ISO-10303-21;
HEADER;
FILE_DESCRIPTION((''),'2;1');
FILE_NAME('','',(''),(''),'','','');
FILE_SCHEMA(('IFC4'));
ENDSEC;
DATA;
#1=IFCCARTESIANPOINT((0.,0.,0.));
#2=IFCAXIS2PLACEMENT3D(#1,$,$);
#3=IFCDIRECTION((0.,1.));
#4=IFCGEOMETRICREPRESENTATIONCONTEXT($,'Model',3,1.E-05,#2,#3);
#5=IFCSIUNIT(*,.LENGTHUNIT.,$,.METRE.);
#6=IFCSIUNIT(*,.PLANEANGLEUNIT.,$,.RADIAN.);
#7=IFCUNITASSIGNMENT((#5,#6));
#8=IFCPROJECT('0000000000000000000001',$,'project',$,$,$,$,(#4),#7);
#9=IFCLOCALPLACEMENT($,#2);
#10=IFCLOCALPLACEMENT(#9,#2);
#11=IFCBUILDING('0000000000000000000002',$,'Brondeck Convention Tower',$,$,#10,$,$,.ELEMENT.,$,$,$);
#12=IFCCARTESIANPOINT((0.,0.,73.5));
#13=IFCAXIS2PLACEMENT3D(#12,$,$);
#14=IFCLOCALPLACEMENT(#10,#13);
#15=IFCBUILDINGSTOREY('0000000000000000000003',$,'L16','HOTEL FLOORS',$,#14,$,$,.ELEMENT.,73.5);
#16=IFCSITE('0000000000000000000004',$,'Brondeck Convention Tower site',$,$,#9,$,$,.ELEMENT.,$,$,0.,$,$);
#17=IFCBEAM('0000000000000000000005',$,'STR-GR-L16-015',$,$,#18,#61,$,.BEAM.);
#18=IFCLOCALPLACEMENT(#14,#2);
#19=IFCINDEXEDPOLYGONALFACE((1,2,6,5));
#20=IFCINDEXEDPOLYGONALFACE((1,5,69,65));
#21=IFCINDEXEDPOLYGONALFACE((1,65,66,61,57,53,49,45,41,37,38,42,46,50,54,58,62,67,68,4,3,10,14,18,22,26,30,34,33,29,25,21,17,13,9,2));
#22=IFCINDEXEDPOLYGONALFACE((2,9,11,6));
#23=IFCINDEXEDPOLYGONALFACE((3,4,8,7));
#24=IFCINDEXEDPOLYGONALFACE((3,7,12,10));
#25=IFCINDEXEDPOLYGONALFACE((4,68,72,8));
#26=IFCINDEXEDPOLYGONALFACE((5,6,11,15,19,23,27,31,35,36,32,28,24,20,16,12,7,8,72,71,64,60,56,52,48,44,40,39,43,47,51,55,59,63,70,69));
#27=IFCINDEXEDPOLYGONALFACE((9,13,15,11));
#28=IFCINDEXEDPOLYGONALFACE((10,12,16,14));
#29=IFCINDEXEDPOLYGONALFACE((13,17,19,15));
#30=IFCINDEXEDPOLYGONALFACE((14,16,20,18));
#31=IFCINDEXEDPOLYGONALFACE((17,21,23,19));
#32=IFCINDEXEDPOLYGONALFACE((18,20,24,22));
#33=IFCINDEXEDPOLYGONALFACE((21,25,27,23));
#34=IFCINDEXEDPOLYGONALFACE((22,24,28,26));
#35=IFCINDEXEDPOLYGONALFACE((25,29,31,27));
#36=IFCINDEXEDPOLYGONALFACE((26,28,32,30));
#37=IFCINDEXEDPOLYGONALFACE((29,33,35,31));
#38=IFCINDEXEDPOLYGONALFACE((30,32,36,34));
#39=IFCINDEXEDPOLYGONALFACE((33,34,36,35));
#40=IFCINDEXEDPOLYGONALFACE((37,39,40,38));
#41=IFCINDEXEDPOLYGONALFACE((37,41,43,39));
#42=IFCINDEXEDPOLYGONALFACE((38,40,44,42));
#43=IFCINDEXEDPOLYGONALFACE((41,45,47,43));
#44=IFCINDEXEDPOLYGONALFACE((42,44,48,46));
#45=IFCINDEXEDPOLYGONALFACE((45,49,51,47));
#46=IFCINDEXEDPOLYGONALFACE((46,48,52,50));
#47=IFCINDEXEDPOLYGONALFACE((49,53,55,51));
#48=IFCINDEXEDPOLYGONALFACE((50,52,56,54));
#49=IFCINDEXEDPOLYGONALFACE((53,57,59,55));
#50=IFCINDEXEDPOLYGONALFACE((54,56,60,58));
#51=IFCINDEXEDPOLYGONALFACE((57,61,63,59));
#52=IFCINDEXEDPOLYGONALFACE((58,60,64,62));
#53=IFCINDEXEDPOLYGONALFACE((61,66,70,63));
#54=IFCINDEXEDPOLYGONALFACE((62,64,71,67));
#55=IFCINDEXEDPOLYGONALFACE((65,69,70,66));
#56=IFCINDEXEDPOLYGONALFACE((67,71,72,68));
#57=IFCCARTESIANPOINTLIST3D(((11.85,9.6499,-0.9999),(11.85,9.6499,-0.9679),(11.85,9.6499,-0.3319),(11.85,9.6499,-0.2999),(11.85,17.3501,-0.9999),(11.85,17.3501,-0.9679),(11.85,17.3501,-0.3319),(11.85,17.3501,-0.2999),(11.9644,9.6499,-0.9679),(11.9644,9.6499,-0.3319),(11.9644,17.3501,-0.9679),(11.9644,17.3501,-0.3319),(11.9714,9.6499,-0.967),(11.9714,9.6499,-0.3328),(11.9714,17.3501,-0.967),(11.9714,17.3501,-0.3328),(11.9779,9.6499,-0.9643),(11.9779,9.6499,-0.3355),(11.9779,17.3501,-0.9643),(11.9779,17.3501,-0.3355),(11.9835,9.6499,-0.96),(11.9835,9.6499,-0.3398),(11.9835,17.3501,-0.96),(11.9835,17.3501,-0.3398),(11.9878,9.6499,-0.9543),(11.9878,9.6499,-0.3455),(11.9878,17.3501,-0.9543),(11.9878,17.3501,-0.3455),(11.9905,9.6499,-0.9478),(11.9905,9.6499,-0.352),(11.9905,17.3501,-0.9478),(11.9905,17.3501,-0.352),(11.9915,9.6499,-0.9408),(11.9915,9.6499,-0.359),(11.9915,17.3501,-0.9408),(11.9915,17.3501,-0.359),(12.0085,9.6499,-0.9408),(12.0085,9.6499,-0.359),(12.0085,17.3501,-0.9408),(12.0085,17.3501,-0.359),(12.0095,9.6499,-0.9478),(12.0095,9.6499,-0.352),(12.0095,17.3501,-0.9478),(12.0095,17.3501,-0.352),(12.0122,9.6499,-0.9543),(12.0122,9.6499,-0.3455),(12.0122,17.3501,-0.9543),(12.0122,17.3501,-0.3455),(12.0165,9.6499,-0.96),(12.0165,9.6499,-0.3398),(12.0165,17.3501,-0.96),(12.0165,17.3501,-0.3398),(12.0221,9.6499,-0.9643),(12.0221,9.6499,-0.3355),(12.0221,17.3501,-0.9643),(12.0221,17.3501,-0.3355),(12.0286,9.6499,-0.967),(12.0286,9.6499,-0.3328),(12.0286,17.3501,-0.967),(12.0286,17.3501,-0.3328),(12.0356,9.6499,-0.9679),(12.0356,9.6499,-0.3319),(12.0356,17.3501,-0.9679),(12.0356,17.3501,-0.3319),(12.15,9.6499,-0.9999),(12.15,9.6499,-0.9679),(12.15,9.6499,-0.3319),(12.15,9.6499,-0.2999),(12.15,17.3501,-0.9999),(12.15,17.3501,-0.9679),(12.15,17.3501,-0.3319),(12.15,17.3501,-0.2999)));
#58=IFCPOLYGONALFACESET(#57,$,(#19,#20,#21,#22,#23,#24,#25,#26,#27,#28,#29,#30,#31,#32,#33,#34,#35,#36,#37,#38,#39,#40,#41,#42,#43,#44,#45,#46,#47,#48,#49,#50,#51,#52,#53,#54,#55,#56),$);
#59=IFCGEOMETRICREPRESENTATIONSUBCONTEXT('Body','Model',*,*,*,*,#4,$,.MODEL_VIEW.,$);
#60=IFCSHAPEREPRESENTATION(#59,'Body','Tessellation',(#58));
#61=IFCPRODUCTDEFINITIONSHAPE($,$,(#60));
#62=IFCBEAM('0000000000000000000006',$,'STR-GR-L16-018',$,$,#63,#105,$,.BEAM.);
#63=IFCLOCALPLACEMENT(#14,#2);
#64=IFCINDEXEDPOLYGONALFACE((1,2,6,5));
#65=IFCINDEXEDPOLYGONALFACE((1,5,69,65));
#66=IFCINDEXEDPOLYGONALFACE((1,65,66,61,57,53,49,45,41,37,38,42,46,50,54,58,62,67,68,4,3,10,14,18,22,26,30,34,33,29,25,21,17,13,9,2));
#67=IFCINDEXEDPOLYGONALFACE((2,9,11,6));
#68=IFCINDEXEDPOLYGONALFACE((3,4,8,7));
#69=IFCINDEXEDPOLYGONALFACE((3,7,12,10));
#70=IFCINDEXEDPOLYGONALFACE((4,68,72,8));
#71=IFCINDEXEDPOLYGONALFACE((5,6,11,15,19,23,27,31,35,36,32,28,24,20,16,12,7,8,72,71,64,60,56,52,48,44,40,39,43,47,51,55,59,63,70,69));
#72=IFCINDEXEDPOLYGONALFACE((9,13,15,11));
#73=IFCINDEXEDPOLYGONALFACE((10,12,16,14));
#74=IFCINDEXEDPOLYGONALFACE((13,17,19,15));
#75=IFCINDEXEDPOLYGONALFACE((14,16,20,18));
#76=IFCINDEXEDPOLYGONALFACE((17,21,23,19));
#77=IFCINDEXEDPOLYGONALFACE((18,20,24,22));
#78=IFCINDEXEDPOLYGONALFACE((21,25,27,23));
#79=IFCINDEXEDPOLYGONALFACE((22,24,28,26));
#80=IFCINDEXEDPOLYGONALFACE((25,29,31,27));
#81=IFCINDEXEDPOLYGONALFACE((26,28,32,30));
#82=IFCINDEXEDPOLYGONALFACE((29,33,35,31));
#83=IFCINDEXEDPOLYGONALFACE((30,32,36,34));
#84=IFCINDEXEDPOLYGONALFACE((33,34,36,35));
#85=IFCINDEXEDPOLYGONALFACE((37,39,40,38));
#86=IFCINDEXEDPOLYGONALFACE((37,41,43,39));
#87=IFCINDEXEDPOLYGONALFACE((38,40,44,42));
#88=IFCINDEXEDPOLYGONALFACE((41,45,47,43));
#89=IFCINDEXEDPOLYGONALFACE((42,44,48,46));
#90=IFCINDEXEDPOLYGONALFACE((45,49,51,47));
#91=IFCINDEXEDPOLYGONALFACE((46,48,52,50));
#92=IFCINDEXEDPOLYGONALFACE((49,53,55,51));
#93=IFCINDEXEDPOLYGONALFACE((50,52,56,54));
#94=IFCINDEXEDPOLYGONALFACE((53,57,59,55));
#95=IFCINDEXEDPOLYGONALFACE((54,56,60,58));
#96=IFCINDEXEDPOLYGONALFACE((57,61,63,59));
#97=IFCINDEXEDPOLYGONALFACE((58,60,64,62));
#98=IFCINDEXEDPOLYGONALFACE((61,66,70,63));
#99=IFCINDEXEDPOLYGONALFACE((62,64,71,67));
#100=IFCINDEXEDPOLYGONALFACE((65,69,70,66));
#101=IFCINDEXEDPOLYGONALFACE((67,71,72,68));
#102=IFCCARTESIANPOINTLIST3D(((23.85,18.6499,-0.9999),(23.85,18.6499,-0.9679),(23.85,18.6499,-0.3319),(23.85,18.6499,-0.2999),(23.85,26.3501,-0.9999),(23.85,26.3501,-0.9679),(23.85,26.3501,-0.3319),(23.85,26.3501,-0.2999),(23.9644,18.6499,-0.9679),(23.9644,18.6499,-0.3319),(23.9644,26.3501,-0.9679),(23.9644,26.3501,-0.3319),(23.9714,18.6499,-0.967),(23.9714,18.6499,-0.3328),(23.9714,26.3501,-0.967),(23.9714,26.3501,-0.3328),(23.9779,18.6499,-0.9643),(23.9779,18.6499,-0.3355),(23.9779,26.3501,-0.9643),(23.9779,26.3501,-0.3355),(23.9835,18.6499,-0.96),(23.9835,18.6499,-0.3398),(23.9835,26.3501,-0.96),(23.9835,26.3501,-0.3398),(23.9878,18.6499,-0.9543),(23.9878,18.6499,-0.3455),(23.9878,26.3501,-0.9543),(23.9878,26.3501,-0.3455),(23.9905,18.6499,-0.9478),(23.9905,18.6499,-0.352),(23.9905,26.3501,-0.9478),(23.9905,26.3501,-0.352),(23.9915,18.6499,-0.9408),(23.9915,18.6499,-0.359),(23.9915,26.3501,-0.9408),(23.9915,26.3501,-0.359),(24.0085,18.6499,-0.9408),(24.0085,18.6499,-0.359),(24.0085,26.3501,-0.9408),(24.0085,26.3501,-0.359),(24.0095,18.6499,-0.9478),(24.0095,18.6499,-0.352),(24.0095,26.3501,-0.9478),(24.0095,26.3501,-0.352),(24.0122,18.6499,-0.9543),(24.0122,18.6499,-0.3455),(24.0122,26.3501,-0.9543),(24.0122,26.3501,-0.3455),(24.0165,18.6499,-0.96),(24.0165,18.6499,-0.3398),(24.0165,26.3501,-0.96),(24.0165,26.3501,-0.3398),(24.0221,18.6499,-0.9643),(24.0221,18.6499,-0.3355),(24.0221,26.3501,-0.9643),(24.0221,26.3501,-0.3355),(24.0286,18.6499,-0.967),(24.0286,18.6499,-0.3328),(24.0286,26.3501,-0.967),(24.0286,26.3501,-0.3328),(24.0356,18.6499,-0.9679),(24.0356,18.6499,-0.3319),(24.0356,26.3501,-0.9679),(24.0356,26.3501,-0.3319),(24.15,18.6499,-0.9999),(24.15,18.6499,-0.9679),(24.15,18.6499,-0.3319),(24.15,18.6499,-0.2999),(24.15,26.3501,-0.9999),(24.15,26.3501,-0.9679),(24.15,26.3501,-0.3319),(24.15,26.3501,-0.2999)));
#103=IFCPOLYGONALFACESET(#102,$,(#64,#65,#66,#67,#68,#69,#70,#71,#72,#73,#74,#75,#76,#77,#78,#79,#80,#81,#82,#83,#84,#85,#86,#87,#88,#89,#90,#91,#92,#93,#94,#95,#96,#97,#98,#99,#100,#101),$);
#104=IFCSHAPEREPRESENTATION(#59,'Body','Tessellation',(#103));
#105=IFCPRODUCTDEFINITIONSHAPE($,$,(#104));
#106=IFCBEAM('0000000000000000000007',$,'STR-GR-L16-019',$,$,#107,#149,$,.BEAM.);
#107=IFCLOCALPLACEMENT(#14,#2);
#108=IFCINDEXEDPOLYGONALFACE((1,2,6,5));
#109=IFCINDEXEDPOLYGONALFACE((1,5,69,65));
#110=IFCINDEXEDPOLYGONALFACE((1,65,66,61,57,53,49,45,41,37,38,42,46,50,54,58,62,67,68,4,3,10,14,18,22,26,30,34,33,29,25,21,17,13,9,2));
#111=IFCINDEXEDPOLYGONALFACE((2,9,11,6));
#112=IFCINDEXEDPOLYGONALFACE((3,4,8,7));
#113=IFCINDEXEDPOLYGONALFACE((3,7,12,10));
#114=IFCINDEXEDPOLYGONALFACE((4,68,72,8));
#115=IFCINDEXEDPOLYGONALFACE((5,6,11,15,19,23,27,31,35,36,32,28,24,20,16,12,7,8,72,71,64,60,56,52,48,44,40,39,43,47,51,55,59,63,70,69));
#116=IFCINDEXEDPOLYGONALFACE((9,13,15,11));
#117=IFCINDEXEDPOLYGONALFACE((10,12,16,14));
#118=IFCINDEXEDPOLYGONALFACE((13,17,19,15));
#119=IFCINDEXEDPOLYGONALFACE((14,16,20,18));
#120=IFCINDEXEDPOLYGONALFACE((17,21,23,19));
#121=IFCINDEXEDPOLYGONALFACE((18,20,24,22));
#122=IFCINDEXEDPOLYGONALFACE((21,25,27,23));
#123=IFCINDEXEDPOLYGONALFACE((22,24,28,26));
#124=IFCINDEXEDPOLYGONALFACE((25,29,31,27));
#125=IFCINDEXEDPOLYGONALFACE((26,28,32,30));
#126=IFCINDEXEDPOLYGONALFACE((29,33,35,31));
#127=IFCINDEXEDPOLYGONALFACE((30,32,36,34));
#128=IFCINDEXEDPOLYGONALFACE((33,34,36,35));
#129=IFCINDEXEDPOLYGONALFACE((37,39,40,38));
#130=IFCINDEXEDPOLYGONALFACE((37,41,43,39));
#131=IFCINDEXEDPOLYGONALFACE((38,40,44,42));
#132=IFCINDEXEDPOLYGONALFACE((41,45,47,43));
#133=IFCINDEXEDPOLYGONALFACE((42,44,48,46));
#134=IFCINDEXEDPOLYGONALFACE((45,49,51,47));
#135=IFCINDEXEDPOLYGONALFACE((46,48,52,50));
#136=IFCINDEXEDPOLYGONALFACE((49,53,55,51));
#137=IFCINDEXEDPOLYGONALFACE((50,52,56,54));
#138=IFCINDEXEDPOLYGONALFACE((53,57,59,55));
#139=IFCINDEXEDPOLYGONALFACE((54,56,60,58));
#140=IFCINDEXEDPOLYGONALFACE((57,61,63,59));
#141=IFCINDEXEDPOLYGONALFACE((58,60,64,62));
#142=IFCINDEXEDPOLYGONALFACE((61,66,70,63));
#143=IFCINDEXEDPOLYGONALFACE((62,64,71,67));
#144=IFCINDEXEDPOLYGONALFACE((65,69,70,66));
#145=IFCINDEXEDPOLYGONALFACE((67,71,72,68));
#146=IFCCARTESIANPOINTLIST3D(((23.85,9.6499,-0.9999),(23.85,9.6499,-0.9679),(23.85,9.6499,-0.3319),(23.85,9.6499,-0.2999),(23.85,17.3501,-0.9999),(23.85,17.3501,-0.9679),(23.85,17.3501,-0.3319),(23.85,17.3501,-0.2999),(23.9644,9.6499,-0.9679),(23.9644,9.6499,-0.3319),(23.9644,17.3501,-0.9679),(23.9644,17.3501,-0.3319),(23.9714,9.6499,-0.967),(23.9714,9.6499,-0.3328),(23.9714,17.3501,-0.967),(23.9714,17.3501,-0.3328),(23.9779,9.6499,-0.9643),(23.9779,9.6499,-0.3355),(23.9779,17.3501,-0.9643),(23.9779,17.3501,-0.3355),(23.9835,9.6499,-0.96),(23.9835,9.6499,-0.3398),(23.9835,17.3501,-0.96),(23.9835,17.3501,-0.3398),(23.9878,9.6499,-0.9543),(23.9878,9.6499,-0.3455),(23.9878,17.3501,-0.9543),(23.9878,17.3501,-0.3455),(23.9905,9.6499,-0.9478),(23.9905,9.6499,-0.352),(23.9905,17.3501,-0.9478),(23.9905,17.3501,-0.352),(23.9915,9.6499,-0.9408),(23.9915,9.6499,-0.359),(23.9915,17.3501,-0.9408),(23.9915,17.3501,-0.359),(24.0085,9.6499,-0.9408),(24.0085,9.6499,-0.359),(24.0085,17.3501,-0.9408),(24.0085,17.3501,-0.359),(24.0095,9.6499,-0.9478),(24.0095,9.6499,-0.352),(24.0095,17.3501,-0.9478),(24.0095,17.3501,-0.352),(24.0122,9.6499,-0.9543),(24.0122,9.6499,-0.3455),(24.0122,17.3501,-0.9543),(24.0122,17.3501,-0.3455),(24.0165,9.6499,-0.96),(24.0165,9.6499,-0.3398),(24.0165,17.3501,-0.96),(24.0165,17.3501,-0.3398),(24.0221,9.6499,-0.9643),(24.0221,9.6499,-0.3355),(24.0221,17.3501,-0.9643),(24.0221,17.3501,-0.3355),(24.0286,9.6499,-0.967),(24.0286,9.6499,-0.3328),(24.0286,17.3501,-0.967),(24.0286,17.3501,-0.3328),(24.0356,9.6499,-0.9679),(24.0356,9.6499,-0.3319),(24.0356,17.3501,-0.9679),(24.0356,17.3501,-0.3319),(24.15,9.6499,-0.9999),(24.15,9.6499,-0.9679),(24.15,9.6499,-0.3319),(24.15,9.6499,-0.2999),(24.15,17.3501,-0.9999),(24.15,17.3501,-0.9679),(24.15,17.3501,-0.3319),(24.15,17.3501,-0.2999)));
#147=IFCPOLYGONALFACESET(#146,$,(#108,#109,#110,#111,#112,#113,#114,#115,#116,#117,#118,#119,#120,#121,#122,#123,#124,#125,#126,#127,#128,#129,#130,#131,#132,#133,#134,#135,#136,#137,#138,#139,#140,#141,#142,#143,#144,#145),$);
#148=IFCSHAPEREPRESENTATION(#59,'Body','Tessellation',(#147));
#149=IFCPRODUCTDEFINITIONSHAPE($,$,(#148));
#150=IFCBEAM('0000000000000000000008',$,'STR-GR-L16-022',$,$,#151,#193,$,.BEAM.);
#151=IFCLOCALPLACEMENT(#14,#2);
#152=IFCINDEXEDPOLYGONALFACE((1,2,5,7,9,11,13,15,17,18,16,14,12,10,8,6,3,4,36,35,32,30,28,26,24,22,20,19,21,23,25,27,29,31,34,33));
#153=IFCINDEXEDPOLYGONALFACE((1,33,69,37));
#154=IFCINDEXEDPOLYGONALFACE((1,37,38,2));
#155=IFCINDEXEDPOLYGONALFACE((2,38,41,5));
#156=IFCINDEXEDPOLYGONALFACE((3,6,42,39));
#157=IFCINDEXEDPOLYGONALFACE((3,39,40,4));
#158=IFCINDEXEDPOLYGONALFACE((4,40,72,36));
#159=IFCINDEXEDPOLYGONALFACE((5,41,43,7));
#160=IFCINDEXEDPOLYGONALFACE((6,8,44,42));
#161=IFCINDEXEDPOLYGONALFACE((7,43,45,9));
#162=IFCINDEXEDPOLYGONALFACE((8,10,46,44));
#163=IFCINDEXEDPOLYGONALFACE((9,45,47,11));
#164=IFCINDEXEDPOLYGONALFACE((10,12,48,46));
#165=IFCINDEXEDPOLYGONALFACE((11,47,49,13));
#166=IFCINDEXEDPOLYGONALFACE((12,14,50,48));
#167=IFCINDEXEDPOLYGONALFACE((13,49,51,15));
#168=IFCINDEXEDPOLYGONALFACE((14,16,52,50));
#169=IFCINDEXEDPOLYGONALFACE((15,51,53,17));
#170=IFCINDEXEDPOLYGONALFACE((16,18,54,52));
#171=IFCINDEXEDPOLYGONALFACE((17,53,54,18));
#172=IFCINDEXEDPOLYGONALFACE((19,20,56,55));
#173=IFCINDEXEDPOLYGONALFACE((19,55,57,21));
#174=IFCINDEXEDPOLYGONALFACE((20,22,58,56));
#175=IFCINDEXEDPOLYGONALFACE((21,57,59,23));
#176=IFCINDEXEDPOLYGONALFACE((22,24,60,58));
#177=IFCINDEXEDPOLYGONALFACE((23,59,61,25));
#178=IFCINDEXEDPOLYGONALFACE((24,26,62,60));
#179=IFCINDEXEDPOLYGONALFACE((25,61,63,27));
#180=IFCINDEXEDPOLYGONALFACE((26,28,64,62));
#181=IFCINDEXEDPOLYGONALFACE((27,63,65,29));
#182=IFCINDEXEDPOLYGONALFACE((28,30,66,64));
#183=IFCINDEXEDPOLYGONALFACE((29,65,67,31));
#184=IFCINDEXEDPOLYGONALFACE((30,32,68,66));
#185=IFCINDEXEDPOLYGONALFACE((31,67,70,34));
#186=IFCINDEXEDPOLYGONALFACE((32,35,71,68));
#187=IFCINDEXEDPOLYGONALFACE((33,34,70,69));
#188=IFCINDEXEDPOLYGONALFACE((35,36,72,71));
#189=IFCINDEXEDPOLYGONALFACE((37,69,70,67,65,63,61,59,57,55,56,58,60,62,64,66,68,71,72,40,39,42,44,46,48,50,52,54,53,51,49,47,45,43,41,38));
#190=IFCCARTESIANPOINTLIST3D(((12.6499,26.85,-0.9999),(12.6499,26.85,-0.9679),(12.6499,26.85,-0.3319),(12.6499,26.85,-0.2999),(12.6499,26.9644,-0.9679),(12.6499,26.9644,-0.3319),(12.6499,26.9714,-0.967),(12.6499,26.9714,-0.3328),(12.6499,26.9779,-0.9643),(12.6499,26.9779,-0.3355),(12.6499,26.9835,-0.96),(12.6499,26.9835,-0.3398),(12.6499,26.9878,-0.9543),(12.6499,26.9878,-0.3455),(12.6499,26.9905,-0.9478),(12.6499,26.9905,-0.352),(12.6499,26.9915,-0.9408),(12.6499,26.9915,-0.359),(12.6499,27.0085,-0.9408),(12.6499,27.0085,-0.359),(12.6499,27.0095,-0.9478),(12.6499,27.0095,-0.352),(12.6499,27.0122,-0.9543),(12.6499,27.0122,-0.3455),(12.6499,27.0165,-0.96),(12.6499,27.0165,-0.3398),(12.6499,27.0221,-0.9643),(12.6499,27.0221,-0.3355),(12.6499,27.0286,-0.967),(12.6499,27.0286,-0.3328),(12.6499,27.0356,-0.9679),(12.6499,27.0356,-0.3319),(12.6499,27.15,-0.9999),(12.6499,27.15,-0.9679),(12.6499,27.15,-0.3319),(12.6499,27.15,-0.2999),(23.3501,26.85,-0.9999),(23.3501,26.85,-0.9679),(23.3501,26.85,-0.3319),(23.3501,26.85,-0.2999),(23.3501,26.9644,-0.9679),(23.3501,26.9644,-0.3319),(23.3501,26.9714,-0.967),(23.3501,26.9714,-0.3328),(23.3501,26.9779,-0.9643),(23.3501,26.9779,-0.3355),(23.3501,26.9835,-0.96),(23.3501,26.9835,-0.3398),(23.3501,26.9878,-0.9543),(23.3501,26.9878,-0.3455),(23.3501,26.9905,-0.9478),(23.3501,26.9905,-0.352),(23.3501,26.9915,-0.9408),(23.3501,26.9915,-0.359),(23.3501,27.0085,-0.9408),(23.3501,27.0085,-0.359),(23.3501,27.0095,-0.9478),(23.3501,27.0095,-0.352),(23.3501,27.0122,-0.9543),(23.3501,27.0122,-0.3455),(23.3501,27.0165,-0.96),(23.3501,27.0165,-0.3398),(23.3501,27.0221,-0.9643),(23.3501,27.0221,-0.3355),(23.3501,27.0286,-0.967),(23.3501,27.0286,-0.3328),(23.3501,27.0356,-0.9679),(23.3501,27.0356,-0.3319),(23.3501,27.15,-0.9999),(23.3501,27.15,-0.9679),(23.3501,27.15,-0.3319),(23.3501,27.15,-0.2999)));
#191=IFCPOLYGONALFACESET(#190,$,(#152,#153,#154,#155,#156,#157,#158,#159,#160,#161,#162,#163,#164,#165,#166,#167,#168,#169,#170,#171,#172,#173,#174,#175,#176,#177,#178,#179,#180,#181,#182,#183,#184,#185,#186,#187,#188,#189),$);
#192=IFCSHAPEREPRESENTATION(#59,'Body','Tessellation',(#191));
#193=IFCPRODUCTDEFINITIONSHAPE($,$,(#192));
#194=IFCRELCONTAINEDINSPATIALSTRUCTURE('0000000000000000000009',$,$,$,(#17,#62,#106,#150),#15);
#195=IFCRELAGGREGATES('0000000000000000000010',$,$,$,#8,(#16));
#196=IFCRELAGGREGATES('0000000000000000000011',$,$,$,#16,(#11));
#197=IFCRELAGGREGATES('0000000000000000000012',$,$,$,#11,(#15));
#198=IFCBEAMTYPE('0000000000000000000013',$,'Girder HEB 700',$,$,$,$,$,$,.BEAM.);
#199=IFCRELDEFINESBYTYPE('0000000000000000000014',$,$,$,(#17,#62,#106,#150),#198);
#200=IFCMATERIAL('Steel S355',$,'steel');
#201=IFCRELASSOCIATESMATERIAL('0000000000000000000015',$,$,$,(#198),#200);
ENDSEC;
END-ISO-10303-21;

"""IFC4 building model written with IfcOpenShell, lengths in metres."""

from ifc_helpers import new_model, si_unit, direction, frame, origin, origin_2d, place, context, subcontext, project, spatial, i_section, extrude, material, material_profile, profile_set, type_object, element, save


model = new_model("IFC4")

# Units and contexts
model_context = context("Model", 3, precision=1e-05, world=origin(), true_north=direction((0.0, 1.0)))
body_context = subcontext(model_context, "Body", "Model", "MODEL_VIEW")
ifc_project = project(units=[si_unit("LENGTHUNIT", "METRE"), si_unit("PLANEANGLEUNIT", "RADIAN")], contexts=[model_context])

# Site, building, storey
site_placement = place(None, origin())
site = spatial("IfcSite", under=ifc_project, at=site_placement, Name="Brondeck Convention Tower site", CompositionType="ELEMENT", RefElevation=0.0)
building_placement = place(site_placement, origin())
building = spatial("IfcBuilding", under=site, at=building_placement, Name="Brondeck Convention Tower", CompositionType="ELEMENT")
storey_placement = place(building_placement, frame((0.0, 0.0, 73.5)))
storey = spatial("IfcBuildingStorey", under=building, at=storey_placement, Name="L16", Description="HOTEL FLOORS", CompositionType="ELEMENT", Elevation=73.5)

# Beams
ifc_material_1 = material(Name="Steel S355", Category="steel")
ifc_material_profile_1 = material_profile(ifc_material_1, i_section(OverallWidth=0.3, OverallDepth=0.7, WebThickness=0.0171, FlangeThickness=0.032, FilletRadius=0.0271, at=origin_2d()), Name="HEB 700")
ifc_profile_set_1 = profile_set([ifc_material_profile_1], Name="Steel S355")
beam_type_1 = type_object("IfcBeamType", Name="Girder HEB 700", PredefinedType="BEAM", material=ifc_profile_set_1)
for number, where, z_axis, x_axis, name in (
    (1, (12.0, 17.3501, -0.6499), (0.0, -1.0, 0.0), (1.0, 0.0, 0.0), "STR-GR-L16-015"),
    (2, (24.0, 26.3501, -0.6499), (0.0, -1.0, 0.0), (1.0, 0.0, 0.0), "STR-GR-L16-018"),
    (3, (24.0, 17.3501, -0.6499), (0.0, -1.0, 0.0), (1.0, 0.0, 0.0), "STR-GR-L16-019"),
):
    element("IfcBeam", number, at=place(storey_placement, frame(where, z_axis=z_axis, x_axis=x_axis)), inside=storey, type_object=beam_type_1, Name=name, PredefinedType="BEAM", context=body_context, shape_type="SweptSolid", body=[
        extrude(i_section(OverallWidth=0.3, OverallDepth=0.7, WebThickness=0.0171, FlangeThickness=0.032, FilletRadius=0.0271, at=origin_2d()), origin(), (0.0, 0.0, 1.0), 7.7002),
    ])
beam_1_placement = place(storey_placement, frame((12.6499, 27.0, -0.6499), z_axis=(1.0, 0.0, 0.0), x_axis=(0.0, 1.0, 0.0)))
element("IfcBeam", 4, at=beam_1_placement, inside=storey, type_object=beam_type_1, Name="STR-GR-L16-022", PredefinedType="BEAM", context=body_context, shape_type="SweptSolid", body=[
    extrude(i_section(OverallWidth=0.3, OverallDepth=0.7, WebThickness=0.0171, FlangeThickness=0.032, FilletRadius=0.0271, at=origin_2d()), origin(), (0.0, 0.0, 1.0), 10.7002),
])

save(model, "model.ifc")
